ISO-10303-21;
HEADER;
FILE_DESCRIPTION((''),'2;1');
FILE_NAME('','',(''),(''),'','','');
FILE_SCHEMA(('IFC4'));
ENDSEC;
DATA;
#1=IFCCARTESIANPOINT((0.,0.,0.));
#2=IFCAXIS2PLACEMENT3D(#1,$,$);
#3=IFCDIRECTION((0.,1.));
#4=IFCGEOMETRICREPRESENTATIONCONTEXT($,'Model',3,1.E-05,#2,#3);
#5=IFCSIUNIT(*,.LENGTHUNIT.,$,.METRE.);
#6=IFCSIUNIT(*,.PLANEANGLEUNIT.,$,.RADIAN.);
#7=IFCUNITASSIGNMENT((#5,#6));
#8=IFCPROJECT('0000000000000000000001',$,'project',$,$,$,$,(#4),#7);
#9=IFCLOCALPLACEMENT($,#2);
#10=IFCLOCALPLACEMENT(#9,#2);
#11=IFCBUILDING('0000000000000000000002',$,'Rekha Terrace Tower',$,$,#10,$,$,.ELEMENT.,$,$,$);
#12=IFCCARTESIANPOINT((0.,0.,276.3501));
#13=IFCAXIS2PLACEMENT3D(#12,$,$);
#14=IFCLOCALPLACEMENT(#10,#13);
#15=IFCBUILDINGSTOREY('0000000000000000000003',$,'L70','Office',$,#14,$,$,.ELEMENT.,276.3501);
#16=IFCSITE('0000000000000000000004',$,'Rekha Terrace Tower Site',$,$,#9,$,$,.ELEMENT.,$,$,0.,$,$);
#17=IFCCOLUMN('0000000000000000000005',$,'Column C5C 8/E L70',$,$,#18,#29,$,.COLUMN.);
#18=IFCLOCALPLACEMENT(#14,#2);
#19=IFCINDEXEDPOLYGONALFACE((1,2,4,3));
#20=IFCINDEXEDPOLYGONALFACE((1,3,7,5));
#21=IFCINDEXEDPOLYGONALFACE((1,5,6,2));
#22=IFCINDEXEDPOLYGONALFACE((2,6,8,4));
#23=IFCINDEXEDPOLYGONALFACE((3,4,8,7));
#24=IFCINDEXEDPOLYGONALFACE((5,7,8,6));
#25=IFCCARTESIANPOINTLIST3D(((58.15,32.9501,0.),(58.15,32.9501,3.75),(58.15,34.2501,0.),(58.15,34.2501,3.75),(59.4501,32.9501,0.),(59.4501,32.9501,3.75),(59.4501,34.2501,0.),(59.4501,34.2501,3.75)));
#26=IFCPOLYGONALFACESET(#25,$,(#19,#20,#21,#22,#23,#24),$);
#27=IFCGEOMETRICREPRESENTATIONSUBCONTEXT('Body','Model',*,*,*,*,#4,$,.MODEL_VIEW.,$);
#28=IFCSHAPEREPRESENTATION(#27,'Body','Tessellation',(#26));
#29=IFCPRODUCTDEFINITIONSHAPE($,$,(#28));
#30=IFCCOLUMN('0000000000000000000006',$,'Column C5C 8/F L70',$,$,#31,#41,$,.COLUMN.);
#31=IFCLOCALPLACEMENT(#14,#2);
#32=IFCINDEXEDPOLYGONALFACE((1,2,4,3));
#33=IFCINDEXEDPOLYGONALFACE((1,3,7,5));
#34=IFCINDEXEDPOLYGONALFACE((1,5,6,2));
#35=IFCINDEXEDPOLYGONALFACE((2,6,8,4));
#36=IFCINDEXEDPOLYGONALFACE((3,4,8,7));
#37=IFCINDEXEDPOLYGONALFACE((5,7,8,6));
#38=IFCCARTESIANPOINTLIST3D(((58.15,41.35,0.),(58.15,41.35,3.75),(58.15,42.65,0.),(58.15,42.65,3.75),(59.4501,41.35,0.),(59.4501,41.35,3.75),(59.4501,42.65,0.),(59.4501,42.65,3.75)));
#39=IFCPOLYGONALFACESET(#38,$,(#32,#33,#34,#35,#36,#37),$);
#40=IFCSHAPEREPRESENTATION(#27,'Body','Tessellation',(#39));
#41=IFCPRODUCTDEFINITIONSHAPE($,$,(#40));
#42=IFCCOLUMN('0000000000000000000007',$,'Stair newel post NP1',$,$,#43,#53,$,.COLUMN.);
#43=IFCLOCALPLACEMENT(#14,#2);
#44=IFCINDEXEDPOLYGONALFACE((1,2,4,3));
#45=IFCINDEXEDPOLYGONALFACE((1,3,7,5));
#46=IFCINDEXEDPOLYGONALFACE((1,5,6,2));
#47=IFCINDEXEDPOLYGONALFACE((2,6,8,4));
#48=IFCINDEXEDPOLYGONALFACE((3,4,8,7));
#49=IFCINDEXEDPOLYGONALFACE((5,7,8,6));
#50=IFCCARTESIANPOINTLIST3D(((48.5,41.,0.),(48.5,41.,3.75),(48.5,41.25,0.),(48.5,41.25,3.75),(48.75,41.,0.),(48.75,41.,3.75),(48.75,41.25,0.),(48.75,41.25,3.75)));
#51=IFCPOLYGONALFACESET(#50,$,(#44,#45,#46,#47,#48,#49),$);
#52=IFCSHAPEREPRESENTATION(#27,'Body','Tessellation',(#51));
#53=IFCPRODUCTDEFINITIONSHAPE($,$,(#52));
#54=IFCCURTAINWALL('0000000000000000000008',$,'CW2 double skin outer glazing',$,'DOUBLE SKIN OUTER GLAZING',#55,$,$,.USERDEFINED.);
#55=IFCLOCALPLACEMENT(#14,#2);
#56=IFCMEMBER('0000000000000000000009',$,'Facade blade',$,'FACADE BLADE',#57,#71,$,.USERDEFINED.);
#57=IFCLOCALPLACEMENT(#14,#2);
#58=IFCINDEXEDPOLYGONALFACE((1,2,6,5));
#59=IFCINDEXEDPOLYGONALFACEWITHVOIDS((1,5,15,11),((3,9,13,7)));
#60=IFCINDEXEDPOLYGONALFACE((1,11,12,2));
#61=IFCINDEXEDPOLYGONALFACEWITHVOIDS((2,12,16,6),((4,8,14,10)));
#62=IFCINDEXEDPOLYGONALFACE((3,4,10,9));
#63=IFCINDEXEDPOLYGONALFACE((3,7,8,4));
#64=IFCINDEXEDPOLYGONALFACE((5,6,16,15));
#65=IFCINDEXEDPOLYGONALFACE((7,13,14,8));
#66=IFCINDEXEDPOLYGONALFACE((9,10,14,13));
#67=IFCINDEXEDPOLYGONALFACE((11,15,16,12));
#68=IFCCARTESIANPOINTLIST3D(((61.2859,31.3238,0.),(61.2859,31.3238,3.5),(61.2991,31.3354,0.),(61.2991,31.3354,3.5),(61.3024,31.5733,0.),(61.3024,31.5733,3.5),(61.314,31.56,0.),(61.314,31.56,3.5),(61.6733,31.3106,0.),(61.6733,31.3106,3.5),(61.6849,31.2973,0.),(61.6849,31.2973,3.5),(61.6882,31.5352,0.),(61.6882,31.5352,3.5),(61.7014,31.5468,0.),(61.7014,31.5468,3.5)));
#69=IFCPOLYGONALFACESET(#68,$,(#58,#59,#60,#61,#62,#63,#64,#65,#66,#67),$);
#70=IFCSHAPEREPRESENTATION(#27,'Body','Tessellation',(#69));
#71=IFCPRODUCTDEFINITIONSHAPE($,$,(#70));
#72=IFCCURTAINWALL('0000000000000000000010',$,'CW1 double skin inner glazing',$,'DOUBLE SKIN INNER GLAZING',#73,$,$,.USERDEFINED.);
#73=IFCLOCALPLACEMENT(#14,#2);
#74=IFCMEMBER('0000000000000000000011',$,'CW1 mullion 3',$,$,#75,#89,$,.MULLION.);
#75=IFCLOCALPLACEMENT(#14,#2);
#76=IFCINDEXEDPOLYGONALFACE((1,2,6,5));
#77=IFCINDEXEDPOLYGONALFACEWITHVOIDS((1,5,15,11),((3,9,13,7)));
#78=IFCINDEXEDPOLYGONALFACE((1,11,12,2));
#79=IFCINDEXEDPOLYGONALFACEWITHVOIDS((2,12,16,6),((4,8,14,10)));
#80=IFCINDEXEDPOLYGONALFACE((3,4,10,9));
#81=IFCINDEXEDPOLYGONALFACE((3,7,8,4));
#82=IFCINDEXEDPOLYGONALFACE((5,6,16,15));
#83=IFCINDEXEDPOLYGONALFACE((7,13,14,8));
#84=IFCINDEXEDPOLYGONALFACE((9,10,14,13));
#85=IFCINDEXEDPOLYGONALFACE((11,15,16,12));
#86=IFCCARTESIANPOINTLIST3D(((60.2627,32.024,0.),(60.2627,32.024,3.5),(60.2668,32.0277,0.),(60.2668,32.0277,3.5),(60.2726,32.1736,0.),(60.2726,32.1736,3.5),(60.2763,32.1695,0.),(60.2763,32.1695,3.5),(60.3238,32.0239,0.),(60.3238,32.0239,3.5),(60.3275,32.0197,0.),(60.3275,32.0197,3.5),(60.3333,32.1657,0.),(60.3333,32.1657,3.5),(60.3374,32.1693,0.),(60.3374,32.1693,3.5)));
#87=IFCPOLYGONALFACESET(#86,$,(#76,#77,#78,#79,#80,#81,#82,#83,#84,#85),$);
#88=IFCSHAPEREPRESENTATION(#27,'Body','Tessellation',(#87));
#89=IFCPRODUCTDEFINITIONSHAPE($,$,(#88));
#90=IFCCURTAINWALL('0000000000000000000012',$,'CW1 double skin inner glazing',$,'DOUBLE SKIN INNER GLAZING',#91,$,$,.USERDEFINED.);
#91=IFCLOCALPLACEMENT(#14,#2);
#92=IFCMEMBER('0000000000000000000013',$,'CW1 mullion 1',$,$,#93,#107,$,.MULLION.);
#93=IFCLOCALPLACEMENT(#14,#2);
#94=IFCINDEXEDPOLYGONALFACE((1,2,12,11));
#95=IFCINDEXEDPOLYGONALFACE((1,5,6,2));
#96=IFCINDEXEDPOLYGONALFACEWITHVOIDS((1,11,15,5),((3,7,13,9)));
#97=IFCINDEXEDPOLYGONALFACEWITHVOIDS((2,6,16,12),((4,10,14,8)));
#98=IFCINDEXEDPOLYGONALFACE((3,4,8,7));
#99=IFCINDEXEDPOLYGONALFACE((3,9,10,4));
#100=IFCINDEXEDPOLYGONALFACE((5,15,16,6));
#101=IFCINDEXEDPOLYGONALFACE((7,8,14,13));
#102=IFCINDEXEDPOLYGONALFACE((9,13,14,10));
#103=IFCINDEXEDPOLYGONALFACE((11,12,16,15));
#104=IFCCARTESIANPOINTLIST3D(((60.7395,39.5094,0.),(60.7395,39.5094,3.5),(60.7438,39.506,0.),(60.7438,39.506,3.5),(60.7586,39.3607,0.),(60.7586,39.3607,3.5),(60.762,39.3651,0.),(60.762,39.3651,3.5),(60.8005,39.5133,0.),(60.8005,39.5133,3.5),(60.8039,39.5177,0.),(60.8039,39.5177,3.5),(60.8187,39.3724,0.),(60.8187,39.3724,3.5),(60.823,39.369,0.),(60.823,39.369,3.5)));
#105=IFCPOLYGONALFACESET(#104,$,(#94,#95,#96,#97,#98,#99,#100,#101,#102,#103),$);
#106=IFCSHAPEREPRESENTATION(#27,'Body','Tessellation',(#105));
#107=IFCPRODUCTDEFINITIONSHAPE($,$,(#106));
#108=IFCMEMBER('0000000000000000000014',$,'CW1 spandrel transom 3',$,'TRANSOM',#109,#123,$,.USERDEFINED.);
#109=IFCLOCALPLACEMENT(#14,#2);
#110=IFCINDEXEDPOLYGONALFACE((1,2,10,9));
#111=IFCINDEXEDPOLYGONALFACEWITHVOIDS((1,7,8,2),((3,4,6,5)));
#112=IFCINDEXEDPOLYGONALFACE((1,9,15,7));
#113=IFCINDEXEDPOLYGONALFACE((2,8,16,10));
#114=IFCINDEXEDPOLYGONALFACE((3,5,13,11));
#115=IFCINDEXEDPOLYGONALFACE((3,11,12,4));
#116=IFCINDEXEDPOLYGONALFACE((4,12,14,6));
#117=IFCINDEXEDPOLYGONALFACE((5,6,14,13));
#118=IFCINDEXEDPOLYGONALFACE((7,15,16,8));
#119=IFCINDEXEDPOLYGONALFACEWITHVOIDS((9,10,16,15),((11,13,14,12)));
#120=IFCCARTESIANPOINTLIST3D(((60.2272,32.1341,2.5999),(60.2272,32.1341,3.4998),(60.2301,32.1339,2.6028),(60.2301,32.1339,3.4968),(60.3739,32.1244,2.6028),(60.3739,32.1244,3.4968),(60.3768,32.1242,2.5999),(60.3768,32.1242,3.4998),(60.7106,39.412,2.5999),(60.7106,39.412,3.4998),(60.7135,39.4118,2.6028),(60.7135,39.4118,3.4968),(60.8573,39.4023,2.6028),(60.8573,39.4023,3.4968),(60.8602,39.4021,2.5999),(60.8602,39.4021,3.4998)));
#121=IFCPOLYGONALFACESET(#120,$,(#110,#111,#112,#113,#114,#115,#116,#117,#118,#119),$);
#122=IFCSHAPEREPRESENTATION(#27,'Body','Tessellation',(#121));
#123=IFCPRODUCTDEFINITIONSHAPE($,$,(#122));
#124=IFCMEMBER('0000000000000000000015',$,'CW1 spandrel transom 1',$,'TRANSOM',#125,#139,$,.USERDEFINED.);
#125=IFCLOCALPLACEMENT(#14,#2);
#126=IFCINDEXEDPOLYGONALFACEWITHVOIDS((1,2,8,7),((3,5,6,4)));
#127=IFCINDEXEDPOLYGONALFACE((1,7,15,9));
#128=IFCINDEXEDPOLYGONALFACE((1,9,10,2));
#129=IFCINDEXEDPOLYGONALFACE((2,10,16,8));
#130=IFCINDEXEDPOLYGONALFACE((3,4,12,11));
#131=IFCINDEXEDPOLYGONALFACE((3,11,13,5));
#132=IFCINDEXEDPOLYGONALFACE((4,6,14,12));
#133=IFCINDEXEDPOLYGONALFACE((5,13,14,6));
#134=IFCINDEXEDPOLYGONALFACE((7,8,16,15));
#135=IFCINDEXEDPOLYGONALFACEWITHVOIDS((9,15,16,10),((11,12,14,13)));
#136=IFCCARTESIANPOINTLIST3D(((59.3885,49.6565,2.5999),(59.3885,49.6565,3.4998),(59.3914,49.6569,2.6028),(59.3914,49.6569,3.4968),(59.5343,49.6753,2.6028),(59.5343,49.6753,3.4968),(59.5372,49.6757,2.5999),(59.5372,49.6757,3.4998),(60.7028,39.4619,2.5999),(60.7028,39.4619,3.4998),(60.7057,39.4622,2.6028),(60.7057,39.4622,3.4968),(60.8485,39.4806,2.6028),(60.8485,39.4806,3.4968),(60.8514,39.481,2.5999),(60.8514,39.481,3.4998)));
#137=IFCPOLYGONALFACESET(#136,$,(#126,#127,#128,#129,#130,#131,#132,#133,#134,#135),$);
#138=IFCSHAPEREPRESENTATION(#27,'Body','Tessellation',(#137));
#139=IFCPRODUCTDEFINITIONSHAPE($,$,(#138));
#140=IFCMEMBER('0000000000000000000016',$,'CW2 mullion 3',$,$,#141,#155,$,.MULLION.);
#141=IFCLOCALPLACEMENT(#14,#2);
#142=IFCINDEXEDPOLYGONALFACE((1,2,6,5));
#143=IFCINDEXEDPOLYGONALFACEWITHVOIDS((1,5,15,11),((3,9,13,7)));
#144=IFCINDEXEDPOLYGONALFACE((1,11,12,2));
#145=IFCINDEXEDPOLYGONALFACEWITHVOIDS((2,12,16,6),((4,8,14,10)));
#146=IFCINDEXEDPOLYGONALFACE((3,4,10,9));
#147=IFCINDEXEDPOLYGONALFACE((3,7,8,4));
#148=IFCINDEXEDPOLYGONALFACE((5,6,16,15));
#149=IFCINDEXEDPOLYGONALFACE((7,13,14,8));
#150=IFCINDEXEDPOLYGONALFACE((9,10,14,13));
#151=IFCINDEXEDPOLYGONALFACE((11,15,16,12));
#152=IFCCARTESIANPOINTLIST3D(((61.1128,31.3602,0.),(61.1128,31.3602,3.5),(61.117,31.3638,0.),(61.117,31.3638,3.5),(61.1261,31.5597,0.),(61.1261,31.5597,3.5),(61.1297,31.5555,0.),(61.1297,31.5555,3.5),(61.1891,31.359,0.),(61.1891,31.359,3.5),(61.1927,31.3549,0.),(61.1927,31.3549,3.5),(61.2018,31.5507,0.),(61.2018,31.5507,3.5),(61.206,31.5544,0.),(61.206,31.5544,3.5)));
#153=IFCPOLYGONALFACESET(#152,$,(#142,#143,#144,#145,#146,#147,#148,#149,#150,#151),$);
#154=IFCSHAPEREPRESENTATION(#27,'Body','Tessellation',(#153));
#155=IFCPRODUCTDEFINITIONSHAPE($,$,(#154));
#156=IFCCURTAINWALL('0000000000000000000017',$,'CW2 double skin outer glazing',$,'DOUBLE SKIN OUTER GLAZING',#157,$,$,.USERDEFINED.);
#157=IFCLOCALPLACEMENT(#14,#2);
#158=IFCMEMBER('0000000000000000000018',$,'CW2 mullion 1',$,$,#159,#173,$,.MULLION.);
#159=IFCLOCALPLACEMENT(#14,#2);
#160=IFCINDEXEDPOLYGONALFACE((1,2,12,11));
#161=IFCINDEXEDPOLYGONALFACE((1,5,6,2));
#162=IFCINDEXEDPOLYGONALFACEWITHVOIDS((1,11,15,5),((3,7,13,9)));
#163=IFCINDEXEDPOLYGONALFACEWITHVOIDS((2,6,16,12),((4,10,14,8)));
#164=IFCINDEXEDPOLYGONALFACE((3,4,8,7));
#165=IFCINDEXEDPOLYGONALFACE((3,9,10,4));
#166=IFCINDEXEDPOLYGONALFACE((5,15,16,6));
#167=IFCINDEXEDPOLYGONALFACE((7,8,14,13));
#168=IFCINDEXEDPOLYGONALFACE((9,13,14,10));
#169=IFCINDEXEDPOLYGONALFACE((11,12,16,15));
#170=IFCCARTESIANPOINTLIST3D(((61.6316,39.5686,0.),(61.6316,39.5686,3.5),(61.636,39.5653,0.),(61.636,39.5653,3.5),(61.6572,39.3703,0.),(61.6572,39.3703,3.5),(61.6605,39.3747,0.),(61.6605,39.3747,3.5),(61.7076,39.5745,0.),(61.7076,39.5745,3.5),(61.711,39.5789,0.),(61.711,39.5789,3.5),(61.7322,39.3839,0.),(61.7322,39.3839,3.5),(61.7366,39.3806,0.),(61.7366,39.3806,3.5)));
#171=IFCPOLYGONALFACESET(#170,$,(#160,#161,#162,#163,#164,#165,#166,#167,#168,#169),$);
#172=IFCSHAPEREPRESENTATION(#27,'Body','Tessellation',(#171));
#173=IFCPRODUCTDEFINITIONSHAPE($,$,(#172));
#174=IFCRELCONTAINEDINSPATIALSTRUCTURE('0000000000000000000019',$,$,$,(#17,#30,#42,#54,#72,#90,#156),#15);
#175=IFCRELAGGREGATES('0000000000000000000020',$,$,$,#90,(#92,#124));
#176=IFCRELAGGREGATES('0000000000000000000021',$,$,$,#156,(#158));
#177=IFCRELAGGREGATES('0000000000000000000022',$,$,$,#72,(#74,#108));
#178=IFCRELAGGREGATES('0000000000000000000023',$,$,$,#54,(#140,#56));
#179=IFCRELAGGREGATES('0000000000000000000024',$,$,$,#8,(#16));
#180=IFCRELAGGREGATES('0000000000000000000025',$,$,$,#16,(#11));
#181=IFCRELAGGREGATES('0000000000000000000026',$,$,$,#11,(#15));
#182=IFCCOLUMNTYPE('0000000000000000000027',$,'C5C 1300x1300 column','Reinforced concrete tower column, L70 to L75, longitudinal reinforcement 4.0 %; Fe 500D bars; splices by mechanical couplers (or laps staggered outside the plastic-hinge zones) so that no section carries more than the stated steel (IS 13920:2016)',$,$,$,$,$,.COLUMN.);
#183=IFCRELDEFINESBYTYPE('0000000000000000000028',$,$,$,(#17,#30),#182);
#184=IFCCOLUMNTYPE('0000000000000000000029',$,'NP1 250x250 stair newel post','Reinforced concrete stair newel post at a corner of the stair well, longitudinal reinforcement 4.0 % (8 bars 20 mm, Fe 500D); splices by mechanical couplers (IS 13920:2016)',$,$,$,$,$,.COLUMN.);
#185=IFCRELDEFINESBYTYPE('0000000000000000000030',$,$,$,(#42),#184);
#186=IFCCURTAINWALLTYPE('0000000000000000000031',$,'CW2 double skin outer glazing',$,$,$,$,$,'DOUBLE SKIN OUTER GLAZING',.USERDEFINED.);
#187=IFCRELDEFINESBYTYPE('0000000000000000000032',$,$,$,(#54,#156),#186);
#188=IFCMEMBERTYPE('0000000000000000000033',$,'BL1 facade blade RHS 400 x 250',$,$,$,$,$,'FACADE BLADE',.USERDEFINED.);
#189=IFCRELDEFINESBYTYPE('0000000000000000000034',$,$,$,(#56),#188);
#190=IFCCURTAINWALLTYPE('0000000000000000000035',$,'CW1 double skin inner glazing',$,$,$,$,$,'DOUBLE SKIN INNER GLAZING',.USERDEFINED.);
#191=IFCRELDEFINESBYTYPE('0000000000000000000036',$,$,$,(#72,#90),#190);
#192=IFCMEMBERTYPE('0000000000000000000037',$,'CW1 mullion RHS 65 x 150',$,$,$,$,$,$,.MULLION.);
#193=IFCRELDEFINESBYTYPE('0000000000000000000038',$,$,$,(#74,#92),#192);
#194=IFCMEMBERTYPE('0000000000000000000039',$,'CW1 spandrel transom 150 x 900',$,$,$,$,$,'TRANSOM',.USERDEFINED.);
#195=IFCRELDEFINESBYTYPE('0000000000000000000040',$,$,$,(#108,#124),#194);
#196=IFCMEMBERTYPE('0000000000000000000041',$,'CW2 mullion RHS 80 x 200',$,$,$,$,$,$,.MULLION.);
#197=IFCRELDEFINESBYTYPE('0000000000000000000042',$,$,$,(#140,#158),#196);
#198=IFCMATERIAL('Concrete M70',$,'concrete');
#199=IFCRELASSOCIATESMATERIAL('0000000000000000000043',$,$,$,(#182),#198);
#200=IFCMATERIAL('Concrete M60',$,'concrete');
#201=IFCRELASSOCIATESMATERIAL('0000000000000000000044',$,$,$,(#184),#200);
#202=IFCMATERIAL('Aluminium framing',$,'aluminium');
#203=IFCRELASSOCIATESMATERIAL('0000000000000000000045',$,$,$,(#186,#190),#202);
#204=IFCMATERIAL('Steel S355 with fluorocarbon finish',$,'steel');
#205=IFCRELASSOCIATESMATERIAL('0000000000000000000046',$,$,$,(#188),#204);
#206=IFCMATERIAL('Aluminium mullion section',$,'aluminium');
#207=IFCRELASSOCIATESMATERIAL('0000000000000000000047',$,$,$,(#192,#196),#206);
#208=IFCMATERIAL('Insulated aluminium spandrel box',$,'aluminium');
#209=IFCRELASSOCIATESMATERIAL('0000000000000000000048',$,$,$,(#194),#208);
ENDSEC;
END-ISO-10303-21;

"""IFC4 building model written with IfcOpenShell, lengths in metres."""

from ifc_helpers import new_model, si_unit, direction, frame, origin, origin_2d, place, context, subcontext, project, spatial, rectangle, hollow_rectangle, extrude, material, material_profile, profile_set, type_object, element, aggregate, save


model = new_model("IFC4")

# Units and contexts
model_context = context("Model", 3, precision=1e-05, world=origin(), true_north=direction((0.0, 1.0)))
body_context = subcontext(model_context, "Body", "Model", "MODEL_VIEW")
ifc_project = project(units=[si_unit("LENGTHUNIT", "METRE"), si_unit("PLANEANGLEUNIT", "RADIAN")], contexts=[model_context])

# Site, building, storey
site_placement = place(None, origin())
site = spatial("IfcSite", under=ifc_project, at=site_placement, Name="Rekha Terrace Tower Site", CompositionType="ELEMENT", RefElevation=0.0)
building_placement = place(site_placement, origin())
building = spatial("IfcBuilding", under=site, at=building_placement, Name="Rekha Terrace Tower", CompositionType="ELEMENT")
storey_placement = place(building_placement, frame((0.0, 0.0, 276.3501)))
storey = spatial("IfcBuildingStorey", under=building, at=storey_placement, Name="L70", Description="Office", CompositionType="ELEMENT", Elevation=276.3501)

# Columns
ifc_material_1 = material(Name="Concrete M70", Category="concrete")
ifc_material_profile_1 = material_profile(ifc_material_1, rectangle(XDim=1.3, YDim=1.3, at=origin_2d()), Name="RC 1300x1300")
ifc_profile_set_1 = profile_set([ifc_material_profile_1], Name="Concrete M70")
column_type_1 = type_object("IfcColumnType", Name="C5C 1300x1300 column", Description="Reinforced concrete tower column, L70 to L75, longitudinal reinforcement 4.0 %; Fe 500D bars; splices by mechanical couplers (or laps staggered outside the plastic-hinge zones) so that no section carries more than the stated steel (IS 13920:2016)", PredefinedType="COLUMN", material=ifc_profile_set_1)
for number, where, z_axis, x_axis, name in (
    (1, (58.8, 33.6001, 0.0), (0.0, 0.0, 1.0), (1.0, 0.0, 0.0), "Column C5C 8/E L70"),
    (2, (58.8, 42.0, 0.0), (0.0, 0.0, 1.0), (1.0, 0.0, 0.0), "Column C5C 8/F L70"),
):
    element("IfcColumn", number, at=place(storey_placement, frame(where, z_axis=z_axis, x_axis=x_axis)), inside=storey, type_object=column_type_1, Name=name, PredefinedType="COLUMN", context=body_context, shape_type="SweptSolid", body=[
        extrude(rectangle(XDim=1.3, YDim=1.3, at=origin_2d()), origin(), (0.0, 0.0, 1.0), 3.75),
    ])
ifc_material_2 = material(Name="Concrete M60", Category="concrete")
ifc_material_profile_2 = material_profile(ifc_material_2, rectangle(XDim=0.25, YDim=0.25, at=origin_2d()), Name="RC 250x250")
ifc_profile_set_2 = profile_set([ifc_material_profile_2], Name="Concrete M60")
column_type_2 = type_object("IfcColumnType", Name="NP1 250x250 stair newel post", Description="Reinforced concrete stair newel post at a corner of the stair well, longitudinal reinforcement 4.0 % (8 bars 20 mm, Fe 500D); splices by mechanical couplers (IS 13920:2016)", PredefinedType="COLUMN", material=ifc_profile_set_2)
column_placement = place(storey_placement, frame((48.625, 41.125, 0.0), z_axis=(0.0, 0.0, 1.0), x_axis=(1.0, 0.0, 0.0)))
element("IfcColumn", 3, at=column_placement, inside=storey, type_object=column_type_2, Name="Stair newel post NP1", PredefinedType="COLUMN", context=body_context, shape_type="SweptSolid", body=[
    extrude(rectangle(XDim=0.25, YDim=0.25, at=origin_2d()), origin(), (0.0, 0.0, 1.0), 3.75),
])

# Curtain walls, members
ifc_material_3 = material(Name="Aluminium framing", Category="aluminium")
curtain_wall_type_1 = type_object("IfcCurtainWallType", Name="CW2 double skin outer glazing", ElementType="DOUBLE SKIN OUTER GLAZING", PredefinedType="USERDEFINED", material=ifc_material_3)
curtain_wall_1_placement = place(storey_placement, origin())
curtain_wall_1 = element("IfcCurtainWall", 4, at=curtain_wall_1_placement, inside=storey, type_object=curtain_wall_type_1, Name="CW2 double skin outer glazing", ObjectType="DOUBLE SKIN OUTER GLAZING", PredefinedType="USERDEFINED")
ifc_material_4 = material(Name="Steel S355 with fluorocarbon finish", Category="steel")
ifc_material_profile_3 = material_profile(ifc_material_4, hollow_rectangle(XDim=0.25, YDim=0.3999, WallThickness=0.0125, at=origin_2d()), Name="RHS400x250x12.5")
ifc_profile_set_3 = profile_set([ifc_material_profile_3], Name="Steel S355 with fluorocarbon finish")
member_type_1 = type_object("IfcMemberType", Name="BL1 facade blade RHS 400 x 250", ElementType="FACADE BLADE", PredefinedType="USERDEFINED", material=ifc_profile_set_3)
member_1_placement = place(storey_placement, frame((61.4937, 31.4353, 0.0), z_axis=(0.0, 0.0, 1.0), x_axis=(0.066272, 0.997802, 0.0)))
member_1 = element("IfcMember", 5, at=member_1_placement, type_object=member_type_1, Name="Facade blade", ObjectType="FACADE BLADE", PredefinedType="USERDEFINED", context=body_context, shape_type="SweptSolid", body=[
    extrude(hollow_rectangle(XDim=0.25, YDim=0.3999, WallThickness=0.0125, at=origin_2d()), origin(), (0.0, 0.0, 1.0), 3.5),
])
curtain_wall_type_2 = type_object("IfcCurtainWallType", Name="CW1 double skin inner glazing", ElementType="DOUBLE SKIN INNER GLAZING", PredefinedType="USERDEFINED", material=ifc_material_3)
curtain_wall_2_placement = place(storey_placement, origin())
curtain_wall_2 = element("IfcCurtainWall", 6, at=curtain_wall_2_placement, inside=storey, type_object=curtain_wall_type_2, Name="CW1 double skin inner glazing", ObjectType="DOUBLE SKIN INNER GLAZING", PredefinedType="USERDEFINED")
ifc_material_5 = material(Name="Aluminium mullion section", Category="aluminium")
ifc_material_profile_4 = material_profile(ifc_material_5, hollow_rectangle(XDim=0.0649, YDim=0.1499, WallThickness=0.0039, at=origin_2d()), Name="AL RHS 65x150")
ifc_profile_set_4 = profile_set([ifc_material_profile_4], Name="Aluminium mullion section")
member_type_2 = type_object("IfcMemberType", Name="CW1 mullion RHS 65 x 150", PredefinedType="MULLION", material=ifc_profile_set_4)
member_2_placement = place(storey_placement, frame((60.3, 32.0967, 0.0), z_axis=(0.0, 0.0, 1.0), x_axis=(-0.997802, 0.066272, 0.0)))
member_2 = element("IfcMember", 7, at=member_2_placement, type_object=member_type_2, Name="CW1 mullion 3", PredefinedType="MULLION", context=body_context, shape_type="SweptSolid", body=[
    extrude(hollow_rectangle(XDim=0.0649, YDim=0.1499, WallThickness=0.0039, at=origin_2d()), origin(), (0.0, 0.0, 1.0), 3.5),
])
curtain_wall_3_placement = place(storey_placement, origin())
curtain_wall_3 = element("IfcCurtainWall", 8, at=curtain_wall_3_placement, inside=storey, type_object=curtain_wall_type_2, Name="CW1 double skin inner glazing", ObjectType="DOUBLE SKIN INNER GLAZING", PredefinedType="USERDEFINED")
member_3_placement = place(storey_placement, frame((60.7812, 39.4392, 0.0), z_axis=(0.0, 0.0, 1.0), x_axis=(-0.991791, -0.12787, 0.0)))
member_3 = element("IfcMember", 9, at=member_3_placement, type_object=member_type_2, Name="CW1 mullion 1", PredefinedType="MULLION", context=body_context, shape_type="SweptSolid", body=[
    extrude(hollow_rectangle(XDim=0.0649, YDim=0.1499, WallThickness=0.0039, at=origin_2d()), origin(), (0.0, 0.0, 1.0), 3.5),
])

# Members
ifc_material_6 = material(Name="Insulated aluminium spandrel box", Category="aluminium")
ifc_material_profile_5 = material_profile(ifc_material_6, hollow_rectangle(XDim=0.1499, YDim=0.8999, WallThickness=0.0029, at=origin_2d()), Name="AL SPANDREL BOX 150x900")
ifc_profile_set_5 = profile_set([ifc_material_profile_5], Name="Insulated aluminium spandrel box")
member_type_3 = type_object("IfcMemberType", Name="CW1 spandrel transom 150 x 900", ElementType="TRANSOM", PredefinedType="USERDEFINED", material=ifc_profile_set_5)
member_4_placement = place(storey_placement, frame((60.302, 32.1292, 3.0498), z_axis=(0.066275, 0.997801, 0.0), x_axis=(-0.997801, 0.066275, 0.0)))
member_4 = element("IfcMember", 10, at=member_4_placement, type_object=member_type_3, Name="CW1 spandrel transom 3", ObjectType="TRANSOM", PredefinedType="USERDEFINED", context=body_context, shape_type="SweptSolid", body=[
    extrude(hollow_rectangle(XDim=0.1499, YDim=0.8999, WallThickness=0.0029, at=origin_2d()), origin(), (0.0, 0.0, 1.0), 7.2939),
])
member_5_placement = place(storey_placement, frame((60.7771, 39.4714, 3.0498), z_axis=(-0.127855, 0.991793, 0.0), x_axis=(-0.991793, -0.127855, 0.0)))
member_5 = element("IfcMember", 11, at=member_5_placement, type_object=member_type_3, Name="CW1 spandrel transom 1", ObjectType="TRANSOM", PredefinedType="USERDEFINED", context=body_context, shape_type="SweptSolid", body=[
    extrude(hollow_rectangle(XDim=0.1499, YDim=0.8999, WallThickness=0.0029, at=origin_2d()), origin(), (0.0, 0.0, 1.0), 10.2791),
])
aggregate(curtain_wall_3, [member_3, member_5])
ifc_material_profile_6 = material_profile(ifc_material_5, hollow_rectangle(XDim=0.0801, YDim=0.2, WallThickness=0.0039, at=origin_2d()), Name="AL RHS 80x200")
ifc_profile_set_6 = profile_set([ifc_material_profile_6], Name="Aluminium mullion section")
member_type_4 = type_object("IfcMemberType", Name="CW2 mullion RHS 80 x 200", PredefinedType="MULLION", material=ifc_profile_set_6)
member_6_placement = place(storey_placement, frame((61.1594, 31.4573, 0.0), z_axis=(0.0, 0.0, 1.0), x_axis=(-0.997802, 0.066272, 0.0)))
member_6 = element("IfcMember", 12, at=member_6_placement, type_object=member_type_4, Name="CW2 mullion 3", PredefinedType="MULLION", context=body_context, shape_type="SweptSolid", body=[
    extrude(hollow_rectangle(XDim=0.0801, YDim=0.2, WallThickness=0.0039, at=origin_2d()), origin(), (0.0, 0.0, 1.0), 3.5),
])

# Curtain wall, member
curtain_wall_4_placement = place(storey_placement, origin())
curtain_wall_4 = element("IfcCurtainWall", 13, at=curtain_wall_4_placement, inside=storey, type_object=curtain_wall_type_1, Name="CW2 double skin outer glazing", ObjectType="DOUBLE SKIN OUTER GLAZING", PredefinedType="USERDEFINED")
member_7_placement = place(storey_placement, frame((61.6841, 39.4746, 0.0), z_axis=(0.0, 0.0, 1.0), x_axis=(-0.991791, -0.12787, 0.0)))
member_7 = element("IfcMember", 14, at=member_7_placement, type_object=member_type_4, Name="CW2 mullion 1", PredefinedType="MULLION", context=body_context, shape_type="SweptSolid", body=[
    extrude(hollow_rectangle(XDim=0.0801, YDim=0.2, WallThickness=0.0039, at=origin_2d()), origin(), (0.0, 0.0, 1.0), 3.5),
])

aggregate(curtain_wall_4, [member_7])

aggregate(curtain_wall_2, [member_2, member_4])
aggregate(curtain_wall_1, [member_6, member_1])

save(model, "model.ifc")
